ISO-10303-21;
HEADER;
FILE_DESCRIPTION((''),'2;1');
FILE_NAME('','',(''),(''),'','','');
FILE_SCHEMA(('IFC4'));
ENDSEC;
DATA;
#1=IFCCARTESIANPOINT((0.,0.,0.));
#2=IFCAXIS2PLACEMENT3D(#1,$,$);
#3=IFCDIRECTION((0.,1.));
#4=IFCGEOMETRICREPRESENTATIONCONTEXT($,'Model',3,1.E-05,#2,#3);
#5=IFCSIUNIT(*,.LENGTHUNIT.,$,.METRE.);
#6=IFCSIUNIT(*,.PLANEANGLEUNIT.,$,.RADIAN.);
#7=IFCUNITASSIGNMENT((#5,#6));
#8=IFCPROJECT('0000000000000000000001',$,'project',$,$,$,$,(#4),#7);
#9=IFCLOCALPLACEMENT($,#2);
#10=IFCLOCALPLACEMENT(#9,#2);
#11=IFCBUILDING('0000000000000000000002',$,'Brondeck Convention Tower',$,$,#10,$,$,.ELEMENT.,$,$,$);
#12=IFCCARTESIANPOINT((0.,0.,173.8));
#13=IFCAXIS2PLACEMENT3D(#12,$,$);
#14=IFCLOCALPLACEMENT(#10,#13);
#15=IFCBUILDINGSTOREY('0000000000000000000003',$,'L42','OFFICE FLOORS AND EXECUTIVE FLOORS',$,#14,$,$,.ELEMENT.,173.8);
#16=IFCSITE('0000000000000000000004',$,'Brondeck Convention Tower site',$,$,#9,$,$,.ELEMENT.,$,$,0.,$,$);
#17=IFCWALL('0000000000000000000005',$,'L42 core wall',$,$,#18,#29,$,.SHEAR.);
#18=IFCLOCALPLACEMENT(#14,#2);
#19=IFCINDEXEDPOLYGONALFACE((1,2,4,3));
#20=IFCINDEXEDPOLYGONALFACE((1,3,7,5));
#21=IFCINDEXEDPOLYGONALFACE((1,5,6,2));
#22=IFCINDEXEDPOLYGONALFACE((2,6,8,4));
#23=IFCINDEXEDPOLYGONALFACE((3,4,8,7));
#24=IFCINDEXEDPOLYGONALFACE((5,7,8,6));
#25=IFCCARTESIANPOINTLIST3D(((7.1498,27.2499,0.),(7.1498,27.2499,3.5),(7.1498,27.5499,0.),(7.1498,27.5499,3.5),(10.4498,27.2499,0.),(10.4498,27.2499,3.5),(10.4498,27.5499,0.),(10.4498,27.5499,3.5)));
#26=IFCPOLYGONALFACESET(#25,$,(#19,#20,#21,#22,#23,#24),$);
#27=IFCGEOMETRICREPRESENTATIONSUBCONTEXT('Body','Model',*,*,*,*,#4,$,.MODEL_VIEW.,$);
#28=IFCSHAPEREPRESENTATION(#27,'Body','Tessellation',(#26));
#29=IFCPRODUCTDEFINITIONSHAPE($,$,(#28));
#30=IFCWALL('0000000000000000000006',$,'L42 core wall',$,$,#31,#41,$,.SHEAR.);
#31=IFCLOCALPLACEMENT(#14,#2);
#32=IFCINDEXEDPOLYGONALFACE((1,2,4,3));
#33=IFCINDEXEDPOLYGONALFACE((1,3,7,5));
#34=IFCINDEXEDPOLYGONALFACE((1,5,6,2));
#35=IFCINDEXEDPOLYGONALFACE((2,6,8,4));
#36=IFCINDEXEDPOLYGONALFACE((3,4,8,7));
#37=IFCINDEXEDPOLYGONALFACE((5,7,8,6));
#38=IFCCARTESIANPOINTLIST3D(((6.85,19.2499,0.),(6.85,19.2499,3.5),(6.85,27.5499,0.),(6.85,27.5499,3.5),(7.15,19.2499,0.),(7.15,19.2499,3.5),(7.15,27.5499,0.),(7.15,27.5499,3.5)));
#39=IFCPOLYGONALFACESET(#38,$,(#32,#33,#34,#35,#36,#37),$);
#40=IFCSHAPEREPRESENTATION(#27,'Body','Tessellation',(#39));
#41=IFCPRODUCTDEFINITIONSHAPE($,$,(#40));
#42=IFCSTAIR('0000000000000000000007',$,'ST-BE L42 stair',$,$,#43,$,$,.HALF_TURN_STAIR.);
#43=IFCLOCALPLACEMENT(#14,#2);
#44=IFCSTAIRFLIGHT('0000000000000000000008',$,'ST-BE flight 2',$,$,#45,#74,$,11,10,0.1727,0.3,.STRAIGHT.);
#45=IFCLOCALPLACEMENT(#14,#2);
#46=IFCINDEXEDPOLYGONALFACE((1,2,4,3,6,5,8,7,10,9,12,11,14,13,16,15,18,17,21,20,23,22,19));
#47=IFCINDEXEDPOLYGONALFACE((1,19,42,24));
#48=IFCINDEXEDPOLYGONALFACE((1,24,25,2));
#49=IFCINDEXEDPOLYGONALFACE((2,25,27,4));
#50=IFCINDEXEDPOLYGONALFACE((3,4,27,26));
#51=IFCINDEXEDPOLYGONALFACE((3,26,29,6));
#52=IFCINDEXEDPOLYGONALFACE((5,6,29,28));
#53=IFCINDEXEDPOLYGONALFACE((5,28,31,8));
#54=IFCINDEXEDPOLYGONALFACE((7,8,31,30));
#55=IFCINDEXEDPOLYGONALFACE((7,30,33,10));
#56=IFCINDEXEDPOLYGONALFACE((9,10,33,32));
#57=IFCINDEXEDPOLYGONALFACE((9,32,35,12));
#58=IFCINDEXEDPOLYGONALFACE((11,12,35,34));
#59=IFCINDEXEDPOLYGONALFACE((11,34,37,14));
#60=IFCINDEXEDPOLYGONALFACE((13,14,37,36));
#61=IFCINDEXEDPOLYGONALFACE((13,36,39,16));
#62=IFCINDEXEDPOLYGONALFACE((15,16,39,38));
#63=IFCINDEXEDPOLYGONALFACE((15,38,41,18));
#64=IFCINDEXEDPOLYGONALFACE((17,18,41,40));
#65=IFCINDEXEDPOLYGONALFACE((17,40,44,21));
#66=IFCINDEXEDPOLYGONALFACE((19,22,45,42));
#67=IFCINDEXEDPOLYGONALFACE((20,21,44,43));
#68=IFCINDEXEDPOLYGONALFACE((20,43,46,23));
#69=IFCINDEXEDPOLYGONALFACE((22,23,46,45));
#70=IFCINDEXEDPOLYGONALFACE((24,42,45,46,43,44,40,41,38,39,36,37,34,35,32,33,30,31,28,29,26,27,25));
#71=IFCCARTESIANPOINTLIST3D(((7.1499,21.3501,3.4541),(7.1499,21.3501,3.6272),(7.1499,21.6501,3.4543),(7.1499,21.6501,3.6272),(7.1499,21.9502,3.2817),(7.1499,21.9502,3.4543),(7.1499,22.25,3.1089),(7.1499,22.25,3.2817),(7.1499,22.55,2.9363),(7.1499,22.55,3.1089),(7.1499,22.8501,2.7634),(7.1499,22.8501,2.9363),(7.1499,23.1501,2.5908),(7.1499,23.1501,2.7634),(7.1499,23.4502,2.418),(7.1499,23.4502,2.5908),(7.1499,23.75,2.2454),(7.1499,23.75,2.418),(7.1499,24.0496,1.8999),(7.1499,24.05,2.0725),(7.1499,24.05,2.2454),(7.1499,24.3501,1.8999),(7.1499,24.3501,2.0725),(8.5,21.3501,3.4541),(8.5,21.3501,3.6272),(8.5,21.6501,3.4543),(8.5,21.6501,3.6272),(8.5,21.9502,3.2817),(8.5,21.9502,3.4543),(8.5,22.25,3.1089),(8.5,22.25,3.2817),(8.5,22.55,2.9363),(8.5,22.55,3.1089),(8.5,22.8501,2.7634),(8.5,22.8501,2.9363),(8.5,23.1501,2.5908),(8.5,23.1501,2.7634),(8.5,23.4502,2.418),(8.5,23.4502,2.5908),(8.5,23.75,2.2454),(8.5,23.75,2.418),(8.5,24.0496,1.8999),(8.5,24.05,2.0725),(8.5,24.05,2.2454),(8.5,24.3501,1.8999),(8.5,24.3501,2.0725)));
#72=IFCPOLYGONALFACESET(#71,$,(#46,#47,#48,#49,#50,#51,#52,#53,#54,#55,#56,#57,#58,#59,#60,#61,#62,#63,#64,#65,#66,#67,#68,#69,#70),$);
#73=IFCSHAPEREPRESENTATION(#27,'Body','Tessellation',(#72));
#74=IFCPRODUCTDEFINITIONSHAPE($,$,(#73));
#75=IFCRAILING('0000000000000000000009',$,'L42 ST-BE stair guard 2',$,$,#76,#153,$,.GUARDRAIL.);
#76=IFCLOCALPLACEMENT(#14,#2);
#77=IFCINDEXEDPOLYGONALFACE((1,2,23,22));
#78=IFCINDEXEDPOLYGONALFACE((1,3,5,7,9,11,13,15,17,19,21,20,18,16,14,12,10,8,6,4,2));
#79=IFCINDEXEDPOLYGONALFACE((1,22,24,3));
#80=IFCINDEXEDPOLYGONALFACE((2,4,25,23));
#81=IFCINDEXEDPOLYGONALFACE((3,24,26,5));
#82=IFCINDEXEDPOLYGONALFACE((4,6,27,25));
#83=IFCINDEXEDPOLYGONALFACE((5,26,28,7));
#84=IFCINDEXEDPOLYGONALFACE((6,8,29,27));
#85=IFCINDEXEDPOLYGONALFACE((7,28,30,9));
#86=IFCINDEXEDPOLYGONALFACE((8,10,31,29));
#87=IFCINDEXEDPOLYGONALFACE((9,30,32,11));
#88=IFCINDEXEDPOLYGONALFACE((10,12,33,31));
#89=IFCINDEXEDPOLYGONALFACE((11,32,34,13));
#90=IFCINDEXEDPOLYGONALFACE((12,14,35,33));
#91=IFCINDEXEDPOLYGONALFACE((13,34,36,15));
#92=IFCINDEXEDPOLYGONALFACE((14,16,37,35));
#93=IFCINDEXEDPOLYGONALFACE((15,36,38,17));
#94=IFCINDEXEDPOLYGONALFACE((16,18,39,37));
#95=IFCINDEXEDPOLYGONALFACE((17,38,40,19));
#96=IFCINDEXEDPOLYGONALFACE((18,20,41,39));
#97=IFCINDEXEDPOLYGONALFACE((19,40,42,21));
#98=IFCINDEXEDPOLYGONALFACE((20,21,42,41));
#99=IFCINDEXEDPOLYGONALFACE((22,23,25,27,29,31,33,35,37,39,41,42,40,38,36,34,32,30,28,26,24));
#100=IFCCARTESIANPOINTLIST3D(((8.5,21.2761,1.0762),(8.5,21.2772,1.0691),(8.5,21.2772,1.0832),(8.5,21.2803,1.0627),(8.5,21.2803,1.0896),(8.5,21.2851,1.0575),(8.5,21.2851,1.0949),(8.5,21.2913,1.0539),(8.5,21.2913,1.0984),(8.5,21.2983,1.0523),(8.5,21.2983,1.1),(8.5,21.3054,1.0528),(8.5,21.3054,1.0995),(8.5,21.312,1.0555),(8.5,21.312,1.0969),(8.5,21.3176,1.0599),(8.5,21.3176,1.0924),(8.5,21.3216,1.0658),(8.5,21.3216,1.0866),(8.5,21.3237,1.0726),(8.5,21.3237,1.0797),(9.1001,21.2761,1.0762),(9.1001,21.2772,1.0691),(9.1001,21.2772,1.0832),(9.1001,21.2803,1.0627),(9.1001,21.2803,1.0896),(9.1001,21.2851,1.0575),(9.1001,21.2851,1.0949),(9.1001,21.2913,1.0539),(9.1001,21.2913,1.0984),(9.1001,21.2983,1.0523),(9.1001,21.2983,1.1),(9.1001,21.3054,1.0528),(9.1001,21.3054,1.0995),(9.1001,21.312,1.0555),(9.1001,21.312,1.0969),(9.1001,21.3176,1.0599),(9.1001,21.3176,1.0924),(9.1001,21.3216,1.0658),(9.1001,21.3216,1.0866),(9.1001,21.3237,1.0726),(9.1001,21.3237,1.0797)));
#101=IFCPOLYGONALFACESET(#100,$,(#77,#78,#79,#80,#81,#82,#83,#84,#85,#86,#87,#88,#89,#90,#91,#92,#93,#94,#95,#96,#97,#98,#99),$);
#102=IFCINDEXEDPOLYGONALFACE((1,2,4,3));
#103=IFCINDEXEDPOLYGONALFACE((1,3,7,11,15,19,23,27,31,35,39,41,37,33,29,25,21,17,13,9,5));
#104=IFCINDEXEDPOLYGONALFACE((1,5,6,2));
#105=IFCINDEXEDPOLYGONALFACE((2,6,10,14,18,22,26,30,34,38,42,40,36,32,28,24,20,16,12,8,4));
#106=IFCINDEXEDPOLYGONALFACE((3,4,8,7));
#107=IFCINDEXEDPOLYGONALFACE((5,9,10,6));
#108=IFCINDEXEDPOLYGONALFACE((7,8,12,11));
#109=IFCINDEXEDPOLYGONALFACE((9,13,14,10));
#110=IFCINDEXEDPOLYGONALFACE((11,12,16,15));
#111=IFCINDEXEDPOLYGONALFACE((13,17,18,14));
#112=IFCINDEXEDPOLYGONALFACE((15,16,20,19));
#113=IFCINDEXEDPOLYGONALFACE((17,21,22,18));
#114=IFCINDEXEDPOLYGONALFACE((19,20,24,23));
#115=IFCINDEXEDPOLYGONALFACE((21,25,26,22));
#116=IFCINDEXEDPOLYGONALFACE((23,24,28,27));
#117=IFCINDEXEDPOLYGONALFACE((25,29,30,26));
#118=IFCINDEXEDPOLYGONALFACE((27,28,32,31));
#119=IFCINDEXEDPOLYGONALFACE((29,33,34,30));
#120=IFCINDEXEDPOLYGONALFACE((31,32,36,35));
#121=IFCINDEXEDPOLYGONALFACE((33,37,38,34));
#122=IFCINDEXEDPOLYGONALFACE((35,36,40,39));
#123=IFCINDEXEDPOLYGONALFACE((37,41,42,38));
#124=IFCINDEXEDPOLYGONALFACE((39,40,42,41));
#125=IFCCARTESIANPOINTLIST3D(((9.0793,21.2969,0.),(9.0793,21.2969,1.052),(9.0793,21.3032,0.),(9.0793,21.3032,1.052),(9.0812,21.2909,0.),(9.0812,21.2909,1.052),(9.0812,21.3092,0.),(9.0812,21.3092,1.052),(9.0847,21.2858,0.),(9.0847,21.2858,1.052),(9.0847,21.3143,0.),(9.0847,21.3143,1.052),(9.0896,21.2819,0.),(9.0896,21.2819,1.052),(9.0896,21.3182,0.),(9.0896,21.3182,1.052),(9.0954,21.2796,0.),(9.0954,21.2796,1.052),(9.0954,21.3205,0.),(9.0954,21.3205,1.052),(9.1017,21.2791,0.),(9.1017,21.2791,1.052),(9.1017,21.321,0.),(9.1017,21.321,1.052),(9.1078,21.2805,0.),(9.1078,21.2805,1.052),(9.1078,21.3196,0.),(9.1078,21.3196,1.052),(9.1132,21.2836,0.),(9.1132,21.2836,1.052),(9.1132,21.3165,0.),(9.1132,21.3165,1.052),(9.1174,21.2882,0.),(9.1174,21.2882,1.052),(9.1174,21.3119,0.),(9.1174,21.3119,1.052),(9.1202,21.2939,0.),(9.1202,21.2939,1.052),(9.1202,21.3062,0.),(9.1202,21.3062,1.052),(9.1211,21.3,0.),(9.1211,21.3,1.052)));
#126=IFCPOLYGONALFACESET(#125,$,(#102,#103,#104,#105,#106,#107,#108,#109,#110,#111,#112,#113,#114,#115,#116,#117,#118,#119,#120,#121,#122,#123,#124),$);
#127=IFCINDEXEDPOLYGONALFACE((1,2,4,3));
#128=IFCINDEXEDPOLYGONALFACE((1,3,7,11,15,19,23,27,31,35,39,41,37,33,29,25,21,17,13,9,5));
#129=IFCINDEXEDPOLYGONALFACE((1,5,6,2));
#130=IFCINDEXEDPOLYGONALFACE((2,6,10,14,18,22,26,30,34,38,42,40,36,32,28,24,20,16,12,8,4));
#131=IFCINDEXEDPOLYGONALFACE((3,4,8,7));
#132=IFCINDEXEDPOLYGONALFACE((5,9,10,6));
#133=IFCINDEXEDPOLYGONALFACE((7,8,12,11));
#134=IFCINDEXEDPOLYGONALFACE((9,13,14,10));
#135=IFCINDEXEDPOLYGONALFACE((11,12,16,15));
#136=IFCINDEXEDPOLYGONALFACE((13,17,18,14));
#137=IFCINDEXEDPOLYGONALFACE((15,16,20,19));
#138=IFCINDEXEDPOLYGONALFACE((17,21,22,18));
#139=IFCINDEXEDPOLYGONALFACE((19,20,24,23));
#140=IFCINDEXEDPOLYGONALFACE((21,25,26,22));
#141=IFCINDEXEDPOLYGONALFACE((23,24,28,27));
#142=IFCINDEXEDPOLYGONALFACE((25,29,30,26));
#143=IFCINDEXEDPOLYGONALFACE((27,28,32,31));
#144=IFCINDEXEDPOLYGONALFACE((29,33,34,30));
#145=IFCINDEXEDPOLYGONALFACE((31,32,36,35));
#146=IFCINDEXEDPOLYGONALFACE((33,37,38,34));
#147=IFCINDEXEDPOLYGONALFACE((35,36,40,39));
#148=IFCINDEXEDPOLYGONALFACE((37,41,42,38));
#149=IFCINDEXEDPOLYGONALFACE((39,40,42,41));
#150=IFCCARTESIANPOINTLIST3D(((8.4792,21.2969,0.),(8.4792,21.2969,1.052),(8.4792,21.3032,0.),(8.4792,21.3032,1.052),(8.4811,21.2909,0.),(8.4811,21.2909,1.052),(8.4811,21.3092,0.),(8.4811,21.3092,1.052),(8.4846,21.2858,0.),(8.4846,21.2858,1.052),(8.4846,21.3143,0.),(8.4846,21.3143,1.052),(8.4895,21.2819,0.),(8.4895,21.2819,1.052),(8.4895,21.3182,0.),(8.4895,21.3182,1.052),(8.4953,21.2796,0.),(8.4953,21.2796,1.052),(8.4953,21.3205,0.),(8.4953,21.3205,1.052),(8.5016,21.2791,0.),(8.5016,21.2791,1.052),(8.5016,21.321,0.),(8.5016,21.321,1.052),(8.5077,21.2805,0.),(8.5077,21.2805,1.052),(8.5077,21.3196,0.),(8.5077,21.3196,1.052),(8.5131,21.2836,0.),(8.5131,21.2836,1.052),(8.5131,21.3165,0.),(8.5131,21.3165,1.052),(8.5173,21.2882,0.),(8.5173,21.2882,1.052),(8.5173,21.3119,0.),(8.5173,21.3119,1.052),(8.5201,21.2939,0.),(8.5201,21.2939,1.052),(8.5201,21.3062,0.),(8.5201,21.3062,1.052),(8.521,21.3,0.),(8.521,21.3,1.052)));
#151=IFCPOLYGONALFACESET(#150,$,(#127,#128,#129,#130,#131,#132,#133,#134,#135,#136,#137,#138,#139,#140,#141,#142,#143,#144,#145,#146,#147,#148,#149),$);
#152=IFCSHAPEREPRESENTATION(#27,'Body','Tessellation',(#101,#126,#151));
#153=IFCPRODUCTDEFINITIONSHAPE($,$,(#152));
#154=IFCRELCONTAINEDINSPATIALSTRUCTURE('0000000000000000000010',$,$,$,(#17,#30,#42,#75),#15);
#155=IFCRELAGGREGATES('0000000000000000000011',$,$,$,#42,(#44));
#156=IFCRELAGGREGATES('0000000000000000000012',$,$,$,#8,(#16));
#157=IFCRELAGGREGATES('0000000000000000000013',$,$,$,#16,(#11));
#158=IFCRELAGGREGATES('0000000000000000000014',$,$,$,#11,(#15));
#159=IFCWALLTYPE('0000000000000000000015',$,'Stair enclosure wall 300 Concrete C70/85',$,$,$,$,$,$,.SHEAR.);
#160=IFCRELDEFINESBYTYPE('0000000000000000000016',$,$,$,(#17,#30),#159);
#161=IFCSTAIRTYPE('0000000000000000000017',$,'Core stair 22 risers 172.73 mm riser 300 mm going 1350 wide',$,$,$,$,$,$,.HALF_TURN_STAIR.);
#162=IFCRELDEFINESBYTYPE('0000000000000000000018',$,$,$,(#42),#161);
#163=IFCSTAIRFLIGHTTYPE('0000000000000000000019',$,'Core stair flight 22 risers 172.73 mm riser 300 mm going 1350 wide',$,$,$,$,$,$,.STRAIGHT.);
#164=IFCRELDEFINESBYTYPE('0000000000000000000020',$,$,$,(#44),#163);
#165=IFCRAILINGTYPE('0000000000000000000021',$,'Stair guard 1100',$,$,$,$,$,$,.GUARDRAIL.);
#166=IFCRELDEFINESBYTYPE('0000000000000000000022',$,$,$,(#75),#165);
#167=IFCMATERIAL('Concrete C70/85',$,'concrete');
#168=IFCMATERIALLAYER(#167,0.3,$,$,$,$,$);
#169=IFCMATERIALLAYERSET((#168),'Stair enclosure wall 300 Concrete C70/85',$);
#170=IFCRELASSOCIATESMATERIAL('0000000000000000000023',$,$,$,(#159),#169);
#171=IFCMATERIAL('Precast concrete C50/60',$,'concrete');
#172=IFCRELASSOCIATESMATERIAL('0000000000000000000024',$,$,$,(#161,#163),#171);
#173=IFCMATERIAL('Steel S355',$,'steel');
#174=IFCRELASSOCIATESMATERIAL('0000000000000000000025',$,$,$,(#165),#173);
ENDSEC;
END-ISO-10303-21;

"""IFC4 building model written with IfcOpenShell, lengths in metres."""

from ifc_helpers import new_model, si_unit, direction, frame, frame_2d, origin, origin_2d, place, context, subcontext, project, spatial, polyline, rectangle, circle, outline, extrude, material, layer, layer_set, type_object, element, aggregate, save


model = new_model("IFC4")

# Units and contexts
model_context = context("Model", 3, precision=1e-05, world=origin(), true_north=direction((0.0, 1.0)))
body_context = subcontext(model_context, "Body", "Model", "MODEL_VIEW")
ifc_project = project(units=[si_unit("LENGTHUNIT", "METRE"), si_unit("PLANEANGLEUNIT", "RADIAN")], contexts=[model_context])

# Site, building, storey
site_placement = place(None, origin())
site = spatial("IfcSite", under=ifc_project, at=site_placement, Name="Brondeck Convention Tower site", CompositionType="ELEMENT", RefElevation=0.0)
building_placement = place(site_placement, origin())
building = spatial("IfcBuilding", under=site, at=building_placement, Name="Brondeck Convention Tower", CompositionType="ELEMENT")
storey_placement = place(building_placement, frame((0.0, 0.0, 173.8)))
storey = spatial("IfcBuildingStorey", under=building, at=storey_placement, Name="L42", Description="OFFICE FLOORS AND EXECUTIVE FLOORS", CompositionType="ELEMENT", Elevation=173.8)

# Shared definitions
ifc_material_1 = material(Name="Concrete C70/85", Category="concrete")

# Shared definitions
ifc_material_2 = material(Name="Steel S355", Category="steel")

# Walls
ifc_layer_1 = layer(ifc_material_1, 0.3)
ifc_layer_set_1 = layer_set([ifc_layer_1], Name="Stair enclosure wall 300 Concrete C70/85")
wall_type_1 = type_object("IfcWallType", Name="Stair enclosure wall 300 Concrete C70/85", PredefinedType="SHEAR", material=ifc_layer_set_1)
for number, where, z_axis, x_axis, name in (
    (1, (7.1499, 27.3999, 0.0), (0.0, 0.0, 1.0), (1.0, 0.0, 0.0), "L42 core wall"),
):
    element("IfcWall", number, at=place(storey_placement, frame(where, z_axis=z_axis, x_axis=x_axis)), inside=storey, type_object=wall_type_1, Name=name, PredefinedType="SHEAR", context=body_context, shape_type="SweptSolid", body=[
        extrude(rectangle(XDim=3.3, YDim=0.3, at=frame_2d((1.6499, 0.0))), origin(), (0.0, 0.0, 1.0), 3.5),
    ])
wall_1_placement = place(storey_placement, frame((7.0, 19.25, 0.0), z_axis=(0.0, 0.0, 1.0), x_axis=(0.0, 1.0, 0.0)))
element("IfcWall", 2, at=wall_1_placement, inside=storey, type_object=wall_type_1, Name="L42 core wall", PredefinedType="SHEAR", context=body_context, shape_type="SweptSolid", body=[
    extrude(rectangle(XDim=8.3, YDim=0.3, at=frame_2d((4.1499, 0.0))), origin(), (0.0, 0.0, 1.0), 3.5),
])

# Stair, stair flight
ifc_material_3 = material(Name="Precast concrete C50/60", Category="concrete")
stair_type = type_object("IfcStairType", Name="Core stair 22 risers 172.73 mm riser 300 mm going 1350 wide", PredefinedType="HALF_TURN_STAIR", material=ifc_material_3)
stair_placement = place(storey_placement, origin())
stair = element("IfcStair", 3, at=stair_placement, inside=storey, type_object=stair_type, Name="ST-BE L42 stair", PredefinedType="HALF_TURN_STAIR")
stair_flight_type = type_object("IfcStairFlightType", Name="Core stair flight 22 risers 172.73 mm riser 300 mm going 1350 wide", PredefinedType="STRAIGHT", material=ifc_material_3)
stair_flight_placement = place(storey_placement, frame((7.825, 24.3501, 1.8999), z_axis=(0.0, 0.0, 1.0), x_axis=(0.0, -1.0, 0.0)))
stair_flight = element("IfcStairFlight", 4, at=stair_flight_placement, type_object=stair_flight_type, Name="ST-BE flight 2", NumberOfRisers=11, NumberOfTreads=10, PredefinedType="STRAIGHT", RiserHeight=0.1727, TreadLength=0.3, context=body_context, shape_type="SweptSolid", body=[
    extrude(outline(polyline([(0.0, 0.0), (0.0, 0.1726), (0.3, 0.1726), (0.3, 0.3455), (0.6001, 0.3455), (0.6001, 0.5181), (0.8999, 0.5181), (0.8999, 0.6909), (1.2, 0.6909), (1.2, 0.8635), (1.5, 0.8635), (1.5, 1.0364), (1.8, 1.0364), (1.8, 1.209), (2.1001, 1.209), (2.1001, 1.3818), (2.3999, 1.3818), (2.3999, 1.5544), (2.7, 1.5544), (2.7, 1.7273), (3.0, 1.7273), (3.0, 1.8999), (3.0, 1.5542), (0.3005, 0.0), (0.0, 0.0)])), frame((0.0, 0.675, 0.0), z_axis=(0.0, -1.0, 0.0), x_axis=(1.0, 0.0, 0.0)), (0.0, 0.0, 1.0), 1.3501),
])
aggregate(stair, [stair_flight])

# Railing
railing_type_1 = type_object("IfcRailingType", Name="Stair guard 1100", PredefinedType="GUARDRAIL", material=ifc_material_2)
railing_1_placement = place(storey_placement, frame((9.1001, 21.3, 0.0)))
element("IfcRailing", 5, at=railing_1_placement, inside=storey, type_object=railing_type_1, Name="L42 ST-BE stair guard 2", PredefinedType="GUARDRAIL", context=body_context, shape_type="SweptSolid", body=[
    extrude(circle(Radius=0.0239, at=origin_2d()), frame((0.0, 0.0, 1.0762), z_axis=(-1.0, 0.0, 0.0), x_axis=(0.0, -1.0, 0.0)), (0.0, 0.0, 1.0), 0.6001),
    extrude(circle(Radius=0.021, at=origin_2d()), origin(), (0.0, 0.0, 1.0), 1.052),
    extrude(circle(Radius=0.021, at=origin_2d()), frame((-0.6001, 0.0, 0.0)), (0.0, 0.0, 1.0), 1.052),
])

save(model, "model.ifc")
